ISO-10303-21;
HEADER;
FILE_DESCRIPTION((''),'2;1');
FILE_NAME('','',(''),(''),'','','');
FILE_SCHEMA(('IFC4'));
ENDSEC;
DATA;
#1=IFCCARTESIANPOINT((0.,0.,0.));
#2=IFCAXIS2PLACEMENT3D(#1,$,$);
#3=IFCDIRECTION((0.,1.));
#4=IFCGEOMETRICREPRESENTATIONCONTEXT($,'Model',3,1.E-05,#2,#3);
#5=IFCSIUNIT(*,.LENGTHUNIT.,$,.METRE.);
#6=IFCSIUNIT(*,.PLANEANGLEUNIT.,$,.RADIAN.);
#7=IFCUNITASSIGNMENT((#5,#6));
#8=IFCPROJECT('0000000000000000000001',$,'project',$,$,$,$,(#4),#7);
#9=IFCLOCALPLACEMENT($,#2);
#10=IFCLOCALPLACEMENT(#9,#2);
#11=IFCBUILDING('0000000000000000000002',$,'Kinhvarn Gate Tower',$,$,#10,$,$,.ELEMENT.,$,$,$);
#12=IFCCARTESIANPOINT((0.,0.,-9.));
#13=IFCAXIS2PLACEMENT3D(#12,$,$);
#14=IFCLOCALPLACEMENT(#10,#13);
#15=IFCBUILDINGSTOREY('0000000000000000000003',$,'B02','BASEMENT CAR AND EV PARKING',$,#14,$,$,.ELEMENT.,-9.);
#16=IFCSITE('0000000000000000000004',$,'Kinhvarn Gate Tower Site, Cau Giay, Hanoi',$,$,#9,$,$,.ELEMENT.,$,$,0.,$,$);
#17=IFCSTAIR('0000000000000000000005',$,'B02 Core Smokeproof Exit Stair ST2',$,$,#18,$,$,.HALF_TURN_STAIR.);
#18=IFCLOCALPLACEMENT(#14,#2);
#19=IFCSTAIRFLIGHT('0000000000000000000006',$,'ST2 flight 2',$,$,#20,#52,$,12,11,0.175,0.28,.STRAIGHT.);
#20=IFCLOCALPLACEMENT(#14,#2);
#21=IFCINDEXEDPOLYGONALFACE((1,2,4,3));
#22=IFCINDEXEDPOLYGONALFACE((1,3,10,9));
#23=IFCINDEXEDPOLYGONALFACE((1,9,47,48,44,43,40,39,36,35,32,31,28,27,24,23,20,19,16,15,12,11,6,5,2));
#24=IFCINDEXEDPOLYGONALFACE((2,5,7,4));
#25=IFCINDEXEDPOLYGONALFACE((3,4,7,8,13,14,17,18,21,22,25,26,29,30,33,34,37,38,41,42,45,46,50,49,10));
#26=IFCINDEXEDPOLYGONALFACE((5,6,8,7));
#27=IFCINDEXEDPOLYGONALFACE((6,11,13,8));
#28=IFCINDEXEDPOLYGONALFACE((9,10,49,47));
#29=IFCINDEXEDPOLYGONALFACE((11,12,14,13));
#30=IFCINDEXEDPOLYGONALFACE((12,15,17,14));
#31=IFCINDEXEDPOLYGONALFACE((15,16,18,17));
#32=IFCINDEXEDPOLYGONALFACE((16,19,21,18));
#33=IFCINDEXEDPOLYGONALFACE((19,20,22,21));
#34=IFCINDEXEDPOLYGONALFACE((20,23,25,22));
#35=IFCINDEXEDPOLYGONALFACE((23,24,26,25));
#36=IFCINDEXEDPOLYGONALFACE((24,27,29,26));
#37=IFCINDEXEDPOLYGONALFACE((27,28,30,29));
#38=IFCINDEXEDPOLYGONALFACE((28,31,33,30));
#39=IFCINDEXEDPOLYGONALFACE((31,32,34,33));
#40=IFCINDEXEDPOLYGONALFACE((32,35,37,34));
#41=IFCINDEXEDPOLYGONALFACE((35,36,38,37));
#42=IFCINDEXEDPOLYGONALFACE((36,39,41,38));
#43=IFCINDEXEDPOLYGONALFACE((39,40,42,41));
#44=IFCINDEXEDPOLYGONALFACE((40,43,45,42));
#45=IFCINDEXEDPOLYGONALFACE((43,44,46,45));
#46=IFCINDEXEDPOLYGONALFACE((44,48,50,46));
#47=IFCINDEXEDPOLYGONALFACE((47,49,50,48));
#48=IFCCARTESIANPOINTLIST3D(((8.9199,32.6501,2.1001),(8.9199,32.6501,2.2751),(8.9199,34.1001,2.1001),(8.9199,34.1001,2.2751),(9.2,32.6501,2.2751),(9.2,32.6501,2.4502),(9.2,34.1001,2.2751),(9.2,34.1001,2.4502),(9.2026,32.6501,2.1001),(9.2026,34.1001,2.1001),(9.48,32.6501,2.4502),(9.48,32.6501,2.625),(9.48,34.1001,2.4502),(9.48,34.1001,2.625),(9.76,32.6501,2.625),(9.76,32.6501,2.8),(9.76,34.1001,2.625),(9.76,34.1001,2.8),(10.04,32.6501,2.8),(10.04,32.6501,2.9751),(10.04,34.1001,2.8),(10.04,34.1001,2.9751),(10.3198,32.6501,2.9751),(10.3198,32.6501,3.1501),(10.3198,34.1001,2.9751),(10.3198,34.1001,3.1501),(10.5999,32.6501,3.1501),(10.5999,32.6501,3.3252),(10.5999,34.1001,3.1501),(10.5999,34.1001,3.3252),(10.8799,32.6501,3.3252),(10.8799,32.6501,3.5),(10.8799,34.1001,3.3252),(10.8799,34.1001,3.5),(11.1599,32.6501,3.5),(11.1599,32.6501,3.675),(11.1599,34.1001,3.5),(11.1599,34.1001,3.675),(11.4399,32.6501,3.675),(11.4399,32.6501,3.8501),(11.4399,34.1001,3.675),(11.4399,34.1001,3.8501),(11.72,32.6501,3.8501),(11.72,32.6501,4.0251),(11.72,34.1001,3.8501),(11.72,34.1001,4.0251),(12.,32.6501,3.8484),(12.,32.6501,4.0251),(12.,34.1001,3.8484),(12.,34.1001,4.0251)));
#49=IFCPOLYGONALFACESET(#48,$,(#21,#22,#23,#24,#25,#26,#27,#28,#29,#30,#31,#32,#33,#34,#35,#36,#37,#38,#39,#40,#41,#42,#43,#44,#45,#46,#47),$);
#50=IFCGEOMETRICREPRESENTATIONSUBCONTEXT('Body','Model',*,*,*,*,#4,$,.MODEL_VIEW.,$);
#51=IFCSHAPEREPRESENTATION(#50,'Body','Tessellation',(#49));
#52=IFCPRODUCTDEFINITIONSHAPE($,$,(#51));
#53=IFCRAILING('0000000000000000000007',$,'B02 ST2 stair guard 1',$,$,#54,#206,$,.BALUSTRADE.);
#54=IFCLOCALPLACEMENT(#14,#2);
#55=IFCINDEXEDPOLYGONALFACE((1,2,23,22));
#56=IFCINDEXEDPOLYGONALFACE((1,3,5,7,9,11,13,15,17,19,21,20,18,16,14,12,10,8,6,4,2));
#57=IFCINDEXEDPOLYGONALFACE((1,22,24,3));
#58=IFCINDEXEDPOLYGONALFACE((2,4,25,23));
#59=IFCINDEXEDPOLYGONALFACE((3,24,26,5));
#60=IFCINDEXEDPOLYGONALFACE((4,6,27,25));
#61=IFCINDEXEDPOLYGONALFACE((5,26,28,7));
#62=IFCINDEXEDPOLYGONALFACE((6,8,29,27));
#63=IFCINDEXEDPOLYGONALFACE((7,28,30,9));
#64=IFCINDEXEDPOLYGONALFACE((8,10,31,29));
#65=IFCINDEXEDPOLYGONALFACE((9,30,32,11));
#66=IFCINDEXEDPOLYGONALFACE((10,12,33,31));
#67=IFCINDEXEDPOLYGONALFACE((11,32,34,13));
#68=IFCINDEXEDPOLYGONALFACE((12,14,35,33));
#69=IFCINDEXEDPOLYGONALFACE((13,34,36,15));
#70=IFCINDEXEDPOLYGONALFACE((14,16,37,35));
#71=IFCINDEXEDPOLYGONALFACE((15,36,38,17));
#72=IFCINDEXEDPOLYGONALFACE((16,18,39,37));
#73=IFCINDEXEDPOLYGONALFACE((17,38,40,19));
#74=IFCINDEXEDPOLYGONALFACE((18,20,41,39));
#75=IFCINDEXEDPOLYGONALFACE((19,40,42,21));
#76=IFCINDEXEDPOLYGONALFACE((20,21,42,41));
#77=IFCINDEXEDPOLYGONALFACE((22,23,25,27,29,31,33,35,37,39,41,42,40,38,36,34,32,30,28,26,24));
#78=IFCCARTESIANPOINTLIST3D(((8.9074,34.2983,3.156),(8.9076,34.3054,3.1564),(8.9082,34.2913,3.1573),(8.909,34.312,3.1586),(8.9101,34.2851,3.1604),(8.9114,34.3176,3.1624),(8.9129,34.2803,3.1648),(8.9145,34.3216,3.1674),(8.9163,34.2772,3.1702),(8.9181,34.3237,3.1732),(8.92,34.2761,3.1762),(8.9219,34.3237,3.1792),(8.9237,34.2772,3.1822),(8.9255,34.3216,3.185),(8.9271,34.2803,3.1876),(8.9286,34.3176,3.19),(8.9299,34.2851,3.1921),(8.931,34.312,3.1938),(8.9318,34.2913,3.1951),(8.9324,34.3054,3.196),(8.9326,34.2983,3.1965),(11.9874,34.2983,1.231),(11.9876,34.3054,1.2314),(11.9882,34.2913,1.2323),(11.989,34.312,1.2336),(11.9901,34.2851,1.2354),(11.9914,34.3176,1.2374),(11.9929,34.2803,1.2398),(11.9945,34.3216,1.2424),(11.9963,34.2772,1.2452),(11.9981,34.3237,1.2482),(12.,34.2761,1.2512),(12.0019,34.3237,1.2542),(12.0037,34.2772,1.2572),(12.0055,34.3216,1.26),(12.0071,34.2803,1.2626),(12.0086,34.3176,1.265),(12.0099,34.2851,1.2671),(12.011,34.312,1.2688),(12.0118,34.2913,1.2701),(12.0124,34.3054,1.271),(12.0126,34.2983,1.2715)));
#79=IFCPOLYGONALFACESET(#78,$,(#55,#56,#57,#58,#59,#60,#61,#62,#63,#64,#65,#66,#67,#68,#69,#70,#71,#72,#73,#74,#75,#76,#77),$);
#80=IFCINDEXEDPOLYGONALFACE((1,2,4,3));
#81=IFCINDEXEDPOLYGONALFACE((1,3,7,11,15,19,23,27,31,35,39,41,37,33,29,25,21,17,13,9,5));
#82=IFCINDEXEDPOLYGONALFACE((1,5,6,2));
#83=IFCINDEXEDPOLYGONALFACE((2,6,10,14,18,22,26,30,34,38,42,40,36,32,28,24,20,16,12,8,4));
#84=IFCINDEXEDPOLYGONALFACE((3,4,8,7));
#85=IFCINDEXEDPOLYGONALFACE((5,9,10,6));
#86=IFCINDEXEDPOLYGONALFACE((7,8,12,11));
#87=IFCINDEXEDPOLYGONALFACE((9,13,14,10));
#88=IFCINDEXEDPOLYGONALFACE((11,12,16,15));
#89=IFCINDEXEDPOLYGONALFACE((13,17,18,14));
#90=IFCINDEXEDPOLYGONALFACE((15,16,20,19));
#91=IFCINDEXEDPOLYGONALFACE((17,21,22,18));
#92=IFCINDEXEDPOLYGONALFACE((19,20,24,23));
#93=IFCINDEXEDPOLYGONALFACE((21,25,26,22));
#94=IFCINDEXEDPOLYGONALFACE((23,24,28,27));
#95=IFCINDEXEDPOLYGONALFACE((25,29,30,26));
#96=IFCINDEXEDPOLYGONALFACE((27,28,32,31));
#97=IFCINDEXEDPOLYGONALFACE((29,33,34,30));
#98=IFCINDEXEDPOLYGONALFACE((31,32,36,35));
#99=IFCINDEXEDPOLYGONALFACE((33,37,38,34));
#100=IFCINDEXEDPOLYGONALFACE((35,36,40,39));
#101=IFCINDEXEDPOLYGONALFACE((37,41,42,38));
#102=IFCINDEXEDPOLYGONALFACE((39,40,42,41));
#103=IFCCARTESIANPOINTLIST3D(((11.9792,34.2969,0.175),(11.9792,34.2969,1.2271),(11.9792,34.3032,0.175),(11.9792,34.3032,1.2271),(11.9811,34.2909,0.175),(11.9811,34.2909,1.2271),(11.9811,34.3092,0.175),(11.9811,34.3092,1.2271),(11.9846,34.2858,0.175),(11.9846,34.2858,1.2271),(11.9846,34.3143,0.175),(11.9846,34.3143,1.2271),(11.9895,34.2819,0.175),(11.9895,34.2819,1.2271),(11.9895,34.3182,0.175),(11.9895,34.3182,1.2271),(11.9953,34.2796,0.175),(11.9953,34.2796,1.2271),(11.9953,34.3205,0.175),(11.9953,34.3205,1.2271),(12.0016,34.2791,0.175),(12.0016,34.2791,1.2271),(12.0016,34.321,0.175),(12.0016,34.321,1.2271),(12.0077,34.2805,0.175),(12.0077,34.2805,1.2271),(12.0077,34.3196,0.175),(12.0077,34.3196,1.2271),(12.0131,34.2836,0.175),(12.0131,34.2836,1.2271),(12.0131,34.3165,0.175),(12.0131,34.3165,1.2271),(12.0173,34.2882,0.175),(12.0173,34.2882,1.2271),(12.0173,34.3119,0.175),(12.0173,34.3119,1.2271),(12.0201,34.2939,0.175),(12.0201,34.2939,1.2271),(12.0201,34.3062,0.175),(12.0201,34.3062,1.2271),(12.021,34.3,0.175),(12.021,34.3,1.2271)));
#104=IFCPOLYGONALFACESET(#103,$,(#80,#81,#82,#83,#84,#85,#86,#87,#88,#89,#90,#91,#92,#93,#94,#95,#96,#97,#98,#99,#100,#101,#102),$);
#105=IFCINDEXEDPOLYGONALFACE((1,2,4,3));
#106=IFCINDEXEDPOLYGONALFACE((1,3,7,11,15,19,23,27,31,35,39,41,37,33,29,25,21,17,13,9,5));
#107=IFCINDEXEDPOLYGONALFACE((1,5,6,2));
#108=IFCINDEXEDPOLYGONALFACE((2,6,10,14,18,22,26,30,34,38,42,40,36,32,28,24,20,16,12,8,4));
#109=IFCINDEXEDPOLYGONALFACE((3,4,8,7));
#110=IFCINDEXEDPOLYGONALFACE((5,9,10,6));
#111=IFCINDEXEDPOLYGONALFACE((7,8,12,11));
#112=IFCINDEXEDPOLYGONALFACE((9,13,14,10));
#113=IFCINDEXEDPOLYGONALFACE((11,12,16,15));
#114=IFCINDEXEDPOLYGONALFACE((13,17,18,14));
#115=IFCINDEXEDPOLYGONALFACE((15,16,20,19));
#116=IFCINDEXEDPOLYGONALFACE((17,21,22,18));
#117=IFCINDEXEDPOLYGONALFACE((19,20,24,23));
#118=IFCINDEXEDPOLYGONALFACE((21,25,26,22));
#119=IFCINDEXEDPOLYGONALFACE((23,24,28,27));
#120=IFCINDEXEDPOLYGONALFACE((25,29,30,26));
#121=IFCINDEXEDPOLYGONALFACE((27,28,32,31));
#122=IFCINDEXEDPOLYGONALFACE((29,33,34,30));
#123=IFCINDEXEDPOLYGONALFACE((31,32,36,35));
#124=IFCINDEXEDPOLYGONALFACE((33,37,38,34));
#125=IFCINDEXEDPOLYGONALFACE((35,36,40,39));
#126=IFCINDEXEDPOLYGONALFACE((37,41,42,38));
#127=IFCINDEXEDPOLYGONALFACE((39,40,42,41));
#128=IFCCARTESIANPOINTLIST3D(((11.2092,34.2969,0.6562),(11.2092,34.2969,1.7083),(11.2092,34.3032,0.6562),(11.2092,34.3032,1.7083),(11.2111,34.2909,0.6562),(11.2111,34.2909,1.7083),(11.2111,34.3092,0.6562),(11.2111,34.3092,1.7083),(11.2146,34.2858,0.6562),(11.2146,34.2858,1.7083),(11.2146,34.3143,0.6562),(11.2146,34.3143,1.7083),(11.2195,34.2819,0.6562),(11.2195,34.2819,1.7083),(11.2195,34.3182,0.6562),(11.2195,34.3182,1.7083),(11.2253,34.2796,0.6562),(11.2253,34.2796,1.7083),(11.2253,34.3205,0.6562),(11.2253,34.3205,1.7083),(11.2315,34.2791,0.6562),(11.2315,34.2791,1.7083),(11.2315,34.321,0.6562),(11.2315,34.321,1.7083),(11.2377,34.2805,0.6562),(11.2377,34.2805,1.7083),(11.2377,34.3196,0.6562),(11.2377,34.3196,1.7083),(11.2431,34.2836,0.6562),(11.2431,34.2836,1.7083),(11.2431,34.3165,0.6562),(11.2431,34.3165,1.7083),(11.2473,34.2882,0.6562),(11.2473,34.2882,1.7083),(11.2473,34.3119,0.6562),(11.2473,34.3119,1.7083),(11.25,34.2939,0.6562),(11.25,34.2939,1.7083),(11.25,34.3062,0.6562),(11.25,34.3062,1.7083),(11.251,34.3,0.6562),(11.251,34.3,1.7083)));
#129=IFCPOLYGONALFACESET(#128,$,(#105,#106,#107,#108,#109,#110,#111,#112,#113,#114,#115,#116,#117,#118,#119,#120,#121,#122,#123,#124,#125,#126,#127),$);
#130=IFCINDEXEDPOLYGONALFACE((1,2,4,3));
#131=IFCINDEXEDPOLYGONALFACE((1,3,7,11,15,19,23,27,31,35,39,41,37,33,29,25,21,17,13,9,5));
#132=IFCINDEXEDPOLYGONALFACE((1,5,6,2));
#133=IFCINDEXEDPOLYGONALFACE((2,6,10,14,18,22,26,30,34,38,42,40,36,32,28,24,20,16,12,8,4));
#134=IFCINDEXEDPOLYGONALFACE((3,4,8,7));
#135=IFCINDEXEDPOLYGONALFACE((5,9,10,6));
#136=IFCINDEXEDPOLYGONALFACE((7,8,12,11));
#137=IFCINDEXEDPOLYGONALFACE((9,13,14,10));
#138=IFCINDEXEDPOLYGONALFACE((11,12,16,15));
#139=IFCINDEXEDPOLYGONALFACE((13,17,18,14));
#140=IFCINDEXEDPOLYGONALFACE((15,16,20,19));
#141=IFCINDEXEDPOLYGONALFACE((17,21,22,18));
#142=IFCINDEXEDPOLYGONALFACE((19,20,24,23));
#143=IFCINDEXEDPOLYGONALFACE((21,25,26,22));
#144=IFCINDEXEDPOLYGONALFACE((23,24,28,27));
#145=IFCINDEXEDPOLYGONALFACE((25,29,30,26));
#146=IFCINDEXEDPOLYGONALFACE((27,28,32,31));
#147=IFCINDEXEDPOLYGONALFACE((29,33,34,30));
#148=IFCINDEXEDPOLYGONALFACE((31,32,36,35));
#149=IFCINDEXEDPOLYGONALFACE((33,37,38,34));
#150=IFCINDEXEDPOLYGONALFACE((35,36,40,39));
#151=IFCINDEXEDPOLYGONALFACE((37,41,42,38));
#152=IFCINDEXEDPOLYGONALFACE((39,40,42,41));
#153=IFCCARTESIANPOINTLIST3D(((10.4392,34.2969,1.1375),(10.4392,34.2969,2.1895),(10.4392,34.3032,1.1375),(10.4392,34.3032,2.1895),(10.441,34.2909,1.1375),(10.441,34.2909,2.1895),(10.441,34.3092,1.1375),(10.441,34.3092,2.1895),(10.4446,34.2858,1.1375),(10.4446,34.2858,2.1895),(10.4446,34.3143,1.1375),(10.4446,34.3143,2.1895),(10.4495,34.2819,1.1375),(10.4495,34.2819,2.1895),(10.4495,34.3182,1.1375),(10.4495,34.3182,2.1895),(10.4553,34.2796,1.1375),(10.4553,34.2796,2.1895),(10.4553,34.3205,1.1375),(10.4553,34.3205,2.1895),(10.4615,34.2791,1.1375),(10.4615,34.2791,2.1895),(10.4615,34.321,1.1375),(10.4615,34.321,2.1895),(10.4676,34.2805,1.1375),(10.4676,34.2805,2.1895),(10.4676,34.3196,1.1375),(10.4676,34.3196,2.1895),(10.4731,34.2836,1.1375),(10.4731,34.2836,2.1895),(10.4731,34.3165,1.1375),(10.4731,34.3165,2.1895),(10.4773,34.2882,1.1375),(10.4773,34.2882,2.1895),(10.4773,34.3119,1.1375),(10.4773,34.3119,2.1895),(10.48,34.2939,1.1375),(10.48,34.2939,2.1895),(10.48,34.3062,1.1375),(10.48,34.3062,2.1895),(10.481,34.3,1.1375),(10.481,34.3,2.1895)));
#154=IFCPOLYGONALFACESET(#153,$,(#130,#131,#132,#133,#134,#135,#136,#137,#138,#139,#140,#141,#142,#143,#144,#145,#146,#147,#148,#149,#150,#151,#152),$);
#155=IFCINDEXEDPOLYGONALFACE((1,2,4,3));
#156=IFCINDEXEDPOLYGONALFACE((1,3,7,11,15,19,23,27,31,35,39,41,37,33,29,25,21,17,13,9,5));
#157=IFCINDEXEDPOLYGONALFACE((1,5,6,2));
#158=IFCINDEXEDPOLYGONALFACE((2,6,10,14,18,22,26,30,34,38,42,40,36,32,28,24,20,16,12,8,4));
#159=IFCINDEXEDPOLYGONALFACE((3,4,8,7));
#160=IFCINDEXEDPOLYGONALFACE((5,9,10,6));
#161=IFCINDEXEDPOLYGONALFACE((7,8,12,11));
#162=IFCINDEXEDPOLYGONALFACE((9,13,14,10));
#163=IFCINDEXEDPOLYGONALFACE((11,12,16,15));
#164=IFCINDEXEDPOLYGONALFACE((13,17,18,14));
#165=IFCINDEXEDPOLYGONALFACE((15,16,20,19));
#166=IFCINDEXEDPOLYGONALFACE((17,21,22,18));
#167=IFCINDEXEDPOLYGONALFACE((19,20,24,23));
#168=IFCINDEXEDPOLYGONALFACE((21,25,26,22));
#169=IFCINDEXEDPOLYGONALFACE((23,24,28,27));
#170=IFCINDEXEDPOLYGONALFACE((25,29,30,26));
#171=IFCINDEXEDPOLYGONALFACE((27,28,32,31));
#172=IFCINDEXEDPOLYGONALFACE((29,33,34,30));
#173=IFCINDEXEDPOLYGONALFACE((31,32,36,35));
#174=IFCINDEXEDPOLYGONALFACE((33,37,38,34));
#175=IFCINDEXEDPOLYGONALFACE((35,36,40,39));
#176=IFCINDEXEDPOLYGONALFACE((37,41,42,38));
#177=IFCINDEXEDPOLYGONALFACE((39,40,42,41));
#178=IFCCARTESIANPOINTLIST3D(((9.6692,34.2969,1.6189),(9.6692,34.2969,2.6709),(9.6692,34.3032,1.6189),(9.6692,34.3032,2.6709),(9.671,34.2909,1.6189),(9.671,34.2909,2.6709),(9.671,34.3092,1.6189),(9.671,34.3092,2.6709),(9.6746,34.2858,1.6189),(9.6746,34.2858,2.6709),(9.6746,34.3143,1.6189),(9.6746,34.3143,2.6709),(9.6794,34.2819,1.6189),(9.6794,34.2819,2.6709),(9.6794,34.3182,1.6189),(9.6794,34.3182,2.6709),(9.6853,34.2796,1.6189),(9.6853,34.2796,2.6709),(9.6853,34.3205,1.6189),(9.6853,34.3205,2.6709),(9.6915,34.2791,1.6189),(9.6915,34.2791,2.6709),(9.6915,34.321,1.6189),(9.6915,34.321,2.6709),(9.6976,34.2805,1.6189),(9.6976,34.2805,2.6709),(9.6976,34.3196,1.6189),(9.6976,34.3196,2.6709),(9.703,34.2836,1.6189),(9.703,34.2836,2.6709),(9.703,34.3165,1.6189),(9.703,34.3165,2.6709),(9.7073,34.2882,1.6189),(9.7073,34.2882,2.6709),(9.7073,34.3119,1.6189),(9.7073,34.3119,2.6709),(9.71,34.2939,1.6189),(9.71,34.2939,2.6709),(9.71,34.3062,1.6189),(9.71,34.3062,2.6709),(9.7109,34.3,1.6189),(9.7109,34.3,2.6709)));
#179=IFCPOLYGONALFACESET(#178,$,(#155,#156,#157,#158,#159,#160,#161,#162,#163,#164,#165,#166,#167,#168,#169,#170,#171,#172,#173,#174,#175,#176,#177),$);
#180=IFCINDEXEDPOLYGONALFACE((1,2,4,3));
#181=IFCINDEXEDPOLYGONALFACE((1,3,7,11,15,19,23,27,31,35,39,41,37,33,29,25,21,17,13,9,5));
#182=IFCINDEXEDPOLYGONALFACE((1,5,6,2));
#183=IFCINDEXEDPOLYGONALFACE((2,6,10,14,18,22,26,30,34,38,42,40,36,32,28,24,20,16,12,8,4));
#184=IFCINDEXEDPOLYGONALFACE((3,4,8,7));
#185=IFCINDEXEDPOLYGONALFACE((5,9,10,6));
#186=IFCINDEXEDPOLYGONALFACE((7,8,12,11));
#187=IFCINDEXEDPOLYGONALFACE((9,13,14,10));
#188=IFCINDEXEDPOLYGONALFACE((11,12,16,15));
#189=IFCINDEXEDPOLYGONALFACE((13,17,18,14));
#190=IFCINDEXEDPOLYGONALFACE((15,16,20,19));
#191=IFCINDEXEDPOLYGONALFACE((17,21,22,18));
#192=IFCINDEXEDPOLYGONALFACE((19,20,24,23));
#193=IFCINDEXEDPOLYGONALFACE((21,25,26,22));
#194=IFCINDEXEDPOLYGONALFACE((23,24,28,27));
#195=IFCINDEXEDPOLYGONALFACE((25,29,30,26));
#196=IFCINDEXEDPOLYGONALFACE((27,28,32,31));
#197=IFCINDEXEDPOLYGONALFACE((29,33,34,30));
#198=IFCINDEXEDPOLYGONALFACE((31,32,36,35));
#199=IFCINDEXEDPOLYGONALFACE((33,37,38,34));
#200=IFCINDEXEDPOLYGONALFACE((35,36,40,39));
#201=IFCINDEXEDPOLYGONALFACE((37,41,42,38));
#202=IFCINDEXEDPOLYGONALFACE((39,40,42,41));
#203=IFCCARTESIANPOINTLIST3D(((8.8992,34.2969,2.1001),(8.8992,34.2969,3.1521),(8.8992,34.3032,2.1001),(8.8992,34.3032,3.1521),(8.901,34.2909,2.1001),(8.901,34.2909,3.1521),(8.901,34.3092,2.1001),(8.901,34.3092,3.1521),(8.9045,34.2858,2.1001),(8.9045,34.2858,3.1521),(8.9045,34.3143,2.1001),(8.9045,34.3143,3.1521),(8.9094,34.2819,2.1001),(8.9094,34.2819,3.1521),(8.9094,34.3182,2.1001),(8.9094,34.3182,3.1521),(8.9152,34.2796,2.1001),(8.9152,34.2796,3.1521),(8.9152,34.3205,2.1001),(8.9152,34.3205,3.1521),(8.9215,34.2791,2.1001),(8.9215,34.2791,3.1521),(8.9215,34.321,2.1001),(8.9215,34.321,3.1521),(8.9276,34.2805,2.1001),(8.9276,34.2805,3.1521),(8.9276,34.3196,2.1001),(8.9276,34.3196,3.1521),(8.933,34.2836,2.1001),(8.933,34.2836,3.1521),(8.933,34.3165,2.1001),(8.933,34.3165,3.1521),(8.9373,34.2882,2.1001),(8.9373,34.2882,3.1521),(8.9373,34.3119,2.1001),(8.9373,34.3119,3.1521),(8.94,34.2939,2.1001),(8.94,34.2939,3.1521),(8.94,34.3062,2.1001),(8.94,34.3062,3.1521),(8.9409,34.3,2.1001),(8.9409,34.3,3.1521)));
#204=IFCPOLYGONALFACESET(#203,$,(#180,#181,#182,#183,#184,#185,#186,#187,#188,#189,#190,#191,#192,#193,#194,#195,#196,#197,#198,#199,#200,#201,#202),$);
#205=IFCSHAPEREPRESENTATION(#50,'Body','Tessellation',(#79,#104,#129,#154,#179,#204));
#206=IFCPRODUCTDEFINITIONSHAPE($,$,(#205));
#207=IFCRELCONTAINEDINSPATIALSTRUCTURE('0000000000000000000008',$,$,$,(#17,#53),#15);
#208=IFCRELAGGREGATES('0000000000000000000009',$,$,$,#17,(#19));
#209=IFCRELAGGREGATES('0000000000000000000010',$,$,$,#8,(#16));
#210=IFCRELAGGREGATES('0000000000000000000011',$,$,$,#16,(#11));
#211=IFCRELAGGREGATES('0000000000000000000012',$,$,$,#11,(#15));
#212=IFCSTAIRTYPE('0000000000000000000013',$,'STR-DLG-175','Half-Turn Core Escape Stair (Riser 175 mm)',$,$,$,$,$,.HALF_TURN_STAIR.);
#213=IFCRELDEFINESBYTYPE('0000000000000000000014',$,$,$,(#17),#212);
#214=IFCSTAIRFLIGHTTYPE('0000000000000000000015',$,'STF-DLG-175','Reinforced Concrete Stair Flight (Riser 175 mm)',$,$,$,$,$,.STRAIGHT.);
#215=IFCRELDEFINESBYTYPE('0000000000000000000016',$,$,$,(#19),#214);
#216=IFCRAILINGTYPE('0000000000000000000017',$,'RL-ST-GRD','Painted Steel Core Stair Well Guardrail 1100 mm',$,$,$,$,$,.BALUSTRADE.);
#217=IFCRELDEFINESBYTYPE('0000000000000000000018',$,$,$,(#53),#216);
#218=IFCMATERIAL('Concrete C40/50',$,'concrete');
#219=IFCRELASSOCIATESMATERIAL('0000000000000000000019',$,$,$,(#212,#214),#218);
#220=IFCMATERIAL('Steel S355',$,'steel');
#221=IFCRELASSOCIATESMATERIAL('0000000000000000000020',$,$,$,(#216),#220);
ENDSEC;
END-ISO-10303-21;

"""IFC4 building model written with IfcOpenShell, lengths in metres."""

from ifc_helpers import new_model, si_unit, direction, frame, origin, origin_2d, place, context, subcontext, project, spatial, polyline, circle, outline, extrude, material, type_object, element, aggregate, save


model = new_model("IFC4")

# Units and contexts
model_context = context("Model", 3, precision=1e-05, world=origin(), true_north=direction((0.0, 1.0)))
body_context = subcontext(model_context, "Body", "Model", "MODEL_VIEW")
ifc_project = project(units=[si_unit("LENGTHUNIT", "METRE"), si_unit("PLANEANGLEUNIT", "RADIAN")], contexts=[model_context])

# Site, building, storey
site_placement = place(None, origin())
site = spatial("IfcSite", under=ifc_project, at=site_placement, Name="Kinhvarn Gate Tower Site, Cau Giay, Hanoi", CompositionType="ELEMENT", RefElevation=0.0)
building_placement = place(site_placement, origin())
building = spatial("IfcBuilding", under=site, at=building_placement, Name="Kinhvarn Gate Tower", CompositionType="ELEMENT")
storey_placement = place(building_placement, frame((0.0, 0.0, -9.0)))
storey = spatial("IfcBuildingStorey", under=building, at=storey_placement, Name="B02", Description="BASEMENT CAR AND EV PARKING", CompositionType="ELEMENT", Elevation=-9.0)

# Shared definitions
ifc_material_1 = material(Name="Steel S355", Category="steel")

# Shared definitions
ifc_material_2 = material(Name="Concrete C40/50", Category="concrete")

# Stair, stair flight
stair_type = type_object("IfcStairType", Name="STR-DLG-175", Description="Half-Turn Core Escape Stair (Riser 175 mm)", PredefinedType="HALF_TURN_STAIR", material=ifc_material_2)
stair_placement = place(storey_placement, origin())
stair = element("IfcStair", 1, at=stair_placement, inside=storey, type_object=stair_type, Name="B02 Core Smokeproof Exit Stair ST2", PredefinedType="HALF_TURN_STAIR")
stair_flight_type = type_object("IfcStairFlightType", Name="STF-DLG-175", Description="Reinforced Concrete Stair Flight (Riser 175 mm)", PredefinedType="STRAIGHT", material=ifc_material_2)
stair_flight_1_placement = place(storey_placement, frame((8.9199, 33.375, 2.1001), z_axis=(0.0, 0.0, 1.0), x_axis=(1.0, 0.0, 0.0)))
stair_flight_1 = element("IfcStairFlight", 2, at=stair_flight_1_placement, type_object=stair_flight_type, Name="ST2 flight 2", NumberOfRisers=12, NumberOfTreads=11, PredefinedType="STRAIGHT", RiserHeight=0.175, TreadLength=0.28, context=body_context, shape_type="SweptSolid", body=[
    extrude(outline(polyline([(0.0, 0.0), (0.0, 0.175), (0.28, 0.175), (0.28, 0.3501), (0.5601, 0.3501), (0.5601, 0.5249), (0.8401, 0.5249), (0.8401, 0.7), (1.1201, 0.7), (1.1201, 0.875), (1.3999, 0.875), (1.3999, 1.05), (1.6799, 1.05), (1.6799, 1.2251), (1.96, 1.2251), (1.96, 1.3999), (2.24, 1.3999), (2.24, 1.575), (2.52, 1.575), (2.52, 1.75), (2.8, 1.75), (2.8, 1.925), (3.0801, 1.925), (3.0801, 2.1001), (3.0801, 1.7483), (0.2827, 0.0), (0.0, 0.0)])), frame((0.0, 0.7251, 0.0), z_axis=(0.0, -1.0, 0.0), x_axis=(1.0, 0.0, 0.0)), (0.0, 0.0, 1.0), 1.45),
])
aggregate(stair, [stair_flight_1])

# Railing
railing_type_1 = type_object("IfcRailingType", Name="RL-ST-GRD", Description="Painted Steel Core Stair Well Guardrail 1100 mm", PredefinedType="BALUSTRADE", material=ifc_material_1)
railing_1_placement = place(storey_placement, frame((12.0, 34.3, 0.175)))
element("IfcRailing", 3, at=railing_1_placement, inside=storey, type_object=railing_type_1, Name="B02 ST2 stair guard 1", PredefinedType="BALUSTRADE", context=body_context, shape_type="SweptSolid", body=[
    extrude(circle(Radius=0.0239, at=origin_2d()), frame((0.0, 0.0, 1.0762), z_axis=(-0.847998, 0.0, 0.529999), x_axis=(0.0, -1.0, 0.0)), (0.0, 0.0, 1.0), 3.6321),
    extrude(circle(Radius=0.021, at=origin_2d()), origin(), (0.0, 0.0, 1.0), 1.052),
    extrude(circle(Radius=0.021, at=origin_2d()), frame((-0.77, 0.0, 0.4812)), (0.0, 0.0, 1.0), 1.052),
    extrude(circle(Radius=0.021, at=origin_2d()), frame((-1.54, 0.0, 0.9624)), (0.0, 0.0, 1.0), 1.052),
    extrude(circle(Radius=0.021, at=origin_2d()), frame((-2.3101, 0.0, 1.4438)), (0.0, 0.0, 1.0), 1.052),
    extrude(circle(Radius=0.021, at=origin_2d()), frame((-3.0801, 0.0, 1.925)), (0.0, 0.0, 1.0), 1.052),
])

save(model, "model.ifc")
